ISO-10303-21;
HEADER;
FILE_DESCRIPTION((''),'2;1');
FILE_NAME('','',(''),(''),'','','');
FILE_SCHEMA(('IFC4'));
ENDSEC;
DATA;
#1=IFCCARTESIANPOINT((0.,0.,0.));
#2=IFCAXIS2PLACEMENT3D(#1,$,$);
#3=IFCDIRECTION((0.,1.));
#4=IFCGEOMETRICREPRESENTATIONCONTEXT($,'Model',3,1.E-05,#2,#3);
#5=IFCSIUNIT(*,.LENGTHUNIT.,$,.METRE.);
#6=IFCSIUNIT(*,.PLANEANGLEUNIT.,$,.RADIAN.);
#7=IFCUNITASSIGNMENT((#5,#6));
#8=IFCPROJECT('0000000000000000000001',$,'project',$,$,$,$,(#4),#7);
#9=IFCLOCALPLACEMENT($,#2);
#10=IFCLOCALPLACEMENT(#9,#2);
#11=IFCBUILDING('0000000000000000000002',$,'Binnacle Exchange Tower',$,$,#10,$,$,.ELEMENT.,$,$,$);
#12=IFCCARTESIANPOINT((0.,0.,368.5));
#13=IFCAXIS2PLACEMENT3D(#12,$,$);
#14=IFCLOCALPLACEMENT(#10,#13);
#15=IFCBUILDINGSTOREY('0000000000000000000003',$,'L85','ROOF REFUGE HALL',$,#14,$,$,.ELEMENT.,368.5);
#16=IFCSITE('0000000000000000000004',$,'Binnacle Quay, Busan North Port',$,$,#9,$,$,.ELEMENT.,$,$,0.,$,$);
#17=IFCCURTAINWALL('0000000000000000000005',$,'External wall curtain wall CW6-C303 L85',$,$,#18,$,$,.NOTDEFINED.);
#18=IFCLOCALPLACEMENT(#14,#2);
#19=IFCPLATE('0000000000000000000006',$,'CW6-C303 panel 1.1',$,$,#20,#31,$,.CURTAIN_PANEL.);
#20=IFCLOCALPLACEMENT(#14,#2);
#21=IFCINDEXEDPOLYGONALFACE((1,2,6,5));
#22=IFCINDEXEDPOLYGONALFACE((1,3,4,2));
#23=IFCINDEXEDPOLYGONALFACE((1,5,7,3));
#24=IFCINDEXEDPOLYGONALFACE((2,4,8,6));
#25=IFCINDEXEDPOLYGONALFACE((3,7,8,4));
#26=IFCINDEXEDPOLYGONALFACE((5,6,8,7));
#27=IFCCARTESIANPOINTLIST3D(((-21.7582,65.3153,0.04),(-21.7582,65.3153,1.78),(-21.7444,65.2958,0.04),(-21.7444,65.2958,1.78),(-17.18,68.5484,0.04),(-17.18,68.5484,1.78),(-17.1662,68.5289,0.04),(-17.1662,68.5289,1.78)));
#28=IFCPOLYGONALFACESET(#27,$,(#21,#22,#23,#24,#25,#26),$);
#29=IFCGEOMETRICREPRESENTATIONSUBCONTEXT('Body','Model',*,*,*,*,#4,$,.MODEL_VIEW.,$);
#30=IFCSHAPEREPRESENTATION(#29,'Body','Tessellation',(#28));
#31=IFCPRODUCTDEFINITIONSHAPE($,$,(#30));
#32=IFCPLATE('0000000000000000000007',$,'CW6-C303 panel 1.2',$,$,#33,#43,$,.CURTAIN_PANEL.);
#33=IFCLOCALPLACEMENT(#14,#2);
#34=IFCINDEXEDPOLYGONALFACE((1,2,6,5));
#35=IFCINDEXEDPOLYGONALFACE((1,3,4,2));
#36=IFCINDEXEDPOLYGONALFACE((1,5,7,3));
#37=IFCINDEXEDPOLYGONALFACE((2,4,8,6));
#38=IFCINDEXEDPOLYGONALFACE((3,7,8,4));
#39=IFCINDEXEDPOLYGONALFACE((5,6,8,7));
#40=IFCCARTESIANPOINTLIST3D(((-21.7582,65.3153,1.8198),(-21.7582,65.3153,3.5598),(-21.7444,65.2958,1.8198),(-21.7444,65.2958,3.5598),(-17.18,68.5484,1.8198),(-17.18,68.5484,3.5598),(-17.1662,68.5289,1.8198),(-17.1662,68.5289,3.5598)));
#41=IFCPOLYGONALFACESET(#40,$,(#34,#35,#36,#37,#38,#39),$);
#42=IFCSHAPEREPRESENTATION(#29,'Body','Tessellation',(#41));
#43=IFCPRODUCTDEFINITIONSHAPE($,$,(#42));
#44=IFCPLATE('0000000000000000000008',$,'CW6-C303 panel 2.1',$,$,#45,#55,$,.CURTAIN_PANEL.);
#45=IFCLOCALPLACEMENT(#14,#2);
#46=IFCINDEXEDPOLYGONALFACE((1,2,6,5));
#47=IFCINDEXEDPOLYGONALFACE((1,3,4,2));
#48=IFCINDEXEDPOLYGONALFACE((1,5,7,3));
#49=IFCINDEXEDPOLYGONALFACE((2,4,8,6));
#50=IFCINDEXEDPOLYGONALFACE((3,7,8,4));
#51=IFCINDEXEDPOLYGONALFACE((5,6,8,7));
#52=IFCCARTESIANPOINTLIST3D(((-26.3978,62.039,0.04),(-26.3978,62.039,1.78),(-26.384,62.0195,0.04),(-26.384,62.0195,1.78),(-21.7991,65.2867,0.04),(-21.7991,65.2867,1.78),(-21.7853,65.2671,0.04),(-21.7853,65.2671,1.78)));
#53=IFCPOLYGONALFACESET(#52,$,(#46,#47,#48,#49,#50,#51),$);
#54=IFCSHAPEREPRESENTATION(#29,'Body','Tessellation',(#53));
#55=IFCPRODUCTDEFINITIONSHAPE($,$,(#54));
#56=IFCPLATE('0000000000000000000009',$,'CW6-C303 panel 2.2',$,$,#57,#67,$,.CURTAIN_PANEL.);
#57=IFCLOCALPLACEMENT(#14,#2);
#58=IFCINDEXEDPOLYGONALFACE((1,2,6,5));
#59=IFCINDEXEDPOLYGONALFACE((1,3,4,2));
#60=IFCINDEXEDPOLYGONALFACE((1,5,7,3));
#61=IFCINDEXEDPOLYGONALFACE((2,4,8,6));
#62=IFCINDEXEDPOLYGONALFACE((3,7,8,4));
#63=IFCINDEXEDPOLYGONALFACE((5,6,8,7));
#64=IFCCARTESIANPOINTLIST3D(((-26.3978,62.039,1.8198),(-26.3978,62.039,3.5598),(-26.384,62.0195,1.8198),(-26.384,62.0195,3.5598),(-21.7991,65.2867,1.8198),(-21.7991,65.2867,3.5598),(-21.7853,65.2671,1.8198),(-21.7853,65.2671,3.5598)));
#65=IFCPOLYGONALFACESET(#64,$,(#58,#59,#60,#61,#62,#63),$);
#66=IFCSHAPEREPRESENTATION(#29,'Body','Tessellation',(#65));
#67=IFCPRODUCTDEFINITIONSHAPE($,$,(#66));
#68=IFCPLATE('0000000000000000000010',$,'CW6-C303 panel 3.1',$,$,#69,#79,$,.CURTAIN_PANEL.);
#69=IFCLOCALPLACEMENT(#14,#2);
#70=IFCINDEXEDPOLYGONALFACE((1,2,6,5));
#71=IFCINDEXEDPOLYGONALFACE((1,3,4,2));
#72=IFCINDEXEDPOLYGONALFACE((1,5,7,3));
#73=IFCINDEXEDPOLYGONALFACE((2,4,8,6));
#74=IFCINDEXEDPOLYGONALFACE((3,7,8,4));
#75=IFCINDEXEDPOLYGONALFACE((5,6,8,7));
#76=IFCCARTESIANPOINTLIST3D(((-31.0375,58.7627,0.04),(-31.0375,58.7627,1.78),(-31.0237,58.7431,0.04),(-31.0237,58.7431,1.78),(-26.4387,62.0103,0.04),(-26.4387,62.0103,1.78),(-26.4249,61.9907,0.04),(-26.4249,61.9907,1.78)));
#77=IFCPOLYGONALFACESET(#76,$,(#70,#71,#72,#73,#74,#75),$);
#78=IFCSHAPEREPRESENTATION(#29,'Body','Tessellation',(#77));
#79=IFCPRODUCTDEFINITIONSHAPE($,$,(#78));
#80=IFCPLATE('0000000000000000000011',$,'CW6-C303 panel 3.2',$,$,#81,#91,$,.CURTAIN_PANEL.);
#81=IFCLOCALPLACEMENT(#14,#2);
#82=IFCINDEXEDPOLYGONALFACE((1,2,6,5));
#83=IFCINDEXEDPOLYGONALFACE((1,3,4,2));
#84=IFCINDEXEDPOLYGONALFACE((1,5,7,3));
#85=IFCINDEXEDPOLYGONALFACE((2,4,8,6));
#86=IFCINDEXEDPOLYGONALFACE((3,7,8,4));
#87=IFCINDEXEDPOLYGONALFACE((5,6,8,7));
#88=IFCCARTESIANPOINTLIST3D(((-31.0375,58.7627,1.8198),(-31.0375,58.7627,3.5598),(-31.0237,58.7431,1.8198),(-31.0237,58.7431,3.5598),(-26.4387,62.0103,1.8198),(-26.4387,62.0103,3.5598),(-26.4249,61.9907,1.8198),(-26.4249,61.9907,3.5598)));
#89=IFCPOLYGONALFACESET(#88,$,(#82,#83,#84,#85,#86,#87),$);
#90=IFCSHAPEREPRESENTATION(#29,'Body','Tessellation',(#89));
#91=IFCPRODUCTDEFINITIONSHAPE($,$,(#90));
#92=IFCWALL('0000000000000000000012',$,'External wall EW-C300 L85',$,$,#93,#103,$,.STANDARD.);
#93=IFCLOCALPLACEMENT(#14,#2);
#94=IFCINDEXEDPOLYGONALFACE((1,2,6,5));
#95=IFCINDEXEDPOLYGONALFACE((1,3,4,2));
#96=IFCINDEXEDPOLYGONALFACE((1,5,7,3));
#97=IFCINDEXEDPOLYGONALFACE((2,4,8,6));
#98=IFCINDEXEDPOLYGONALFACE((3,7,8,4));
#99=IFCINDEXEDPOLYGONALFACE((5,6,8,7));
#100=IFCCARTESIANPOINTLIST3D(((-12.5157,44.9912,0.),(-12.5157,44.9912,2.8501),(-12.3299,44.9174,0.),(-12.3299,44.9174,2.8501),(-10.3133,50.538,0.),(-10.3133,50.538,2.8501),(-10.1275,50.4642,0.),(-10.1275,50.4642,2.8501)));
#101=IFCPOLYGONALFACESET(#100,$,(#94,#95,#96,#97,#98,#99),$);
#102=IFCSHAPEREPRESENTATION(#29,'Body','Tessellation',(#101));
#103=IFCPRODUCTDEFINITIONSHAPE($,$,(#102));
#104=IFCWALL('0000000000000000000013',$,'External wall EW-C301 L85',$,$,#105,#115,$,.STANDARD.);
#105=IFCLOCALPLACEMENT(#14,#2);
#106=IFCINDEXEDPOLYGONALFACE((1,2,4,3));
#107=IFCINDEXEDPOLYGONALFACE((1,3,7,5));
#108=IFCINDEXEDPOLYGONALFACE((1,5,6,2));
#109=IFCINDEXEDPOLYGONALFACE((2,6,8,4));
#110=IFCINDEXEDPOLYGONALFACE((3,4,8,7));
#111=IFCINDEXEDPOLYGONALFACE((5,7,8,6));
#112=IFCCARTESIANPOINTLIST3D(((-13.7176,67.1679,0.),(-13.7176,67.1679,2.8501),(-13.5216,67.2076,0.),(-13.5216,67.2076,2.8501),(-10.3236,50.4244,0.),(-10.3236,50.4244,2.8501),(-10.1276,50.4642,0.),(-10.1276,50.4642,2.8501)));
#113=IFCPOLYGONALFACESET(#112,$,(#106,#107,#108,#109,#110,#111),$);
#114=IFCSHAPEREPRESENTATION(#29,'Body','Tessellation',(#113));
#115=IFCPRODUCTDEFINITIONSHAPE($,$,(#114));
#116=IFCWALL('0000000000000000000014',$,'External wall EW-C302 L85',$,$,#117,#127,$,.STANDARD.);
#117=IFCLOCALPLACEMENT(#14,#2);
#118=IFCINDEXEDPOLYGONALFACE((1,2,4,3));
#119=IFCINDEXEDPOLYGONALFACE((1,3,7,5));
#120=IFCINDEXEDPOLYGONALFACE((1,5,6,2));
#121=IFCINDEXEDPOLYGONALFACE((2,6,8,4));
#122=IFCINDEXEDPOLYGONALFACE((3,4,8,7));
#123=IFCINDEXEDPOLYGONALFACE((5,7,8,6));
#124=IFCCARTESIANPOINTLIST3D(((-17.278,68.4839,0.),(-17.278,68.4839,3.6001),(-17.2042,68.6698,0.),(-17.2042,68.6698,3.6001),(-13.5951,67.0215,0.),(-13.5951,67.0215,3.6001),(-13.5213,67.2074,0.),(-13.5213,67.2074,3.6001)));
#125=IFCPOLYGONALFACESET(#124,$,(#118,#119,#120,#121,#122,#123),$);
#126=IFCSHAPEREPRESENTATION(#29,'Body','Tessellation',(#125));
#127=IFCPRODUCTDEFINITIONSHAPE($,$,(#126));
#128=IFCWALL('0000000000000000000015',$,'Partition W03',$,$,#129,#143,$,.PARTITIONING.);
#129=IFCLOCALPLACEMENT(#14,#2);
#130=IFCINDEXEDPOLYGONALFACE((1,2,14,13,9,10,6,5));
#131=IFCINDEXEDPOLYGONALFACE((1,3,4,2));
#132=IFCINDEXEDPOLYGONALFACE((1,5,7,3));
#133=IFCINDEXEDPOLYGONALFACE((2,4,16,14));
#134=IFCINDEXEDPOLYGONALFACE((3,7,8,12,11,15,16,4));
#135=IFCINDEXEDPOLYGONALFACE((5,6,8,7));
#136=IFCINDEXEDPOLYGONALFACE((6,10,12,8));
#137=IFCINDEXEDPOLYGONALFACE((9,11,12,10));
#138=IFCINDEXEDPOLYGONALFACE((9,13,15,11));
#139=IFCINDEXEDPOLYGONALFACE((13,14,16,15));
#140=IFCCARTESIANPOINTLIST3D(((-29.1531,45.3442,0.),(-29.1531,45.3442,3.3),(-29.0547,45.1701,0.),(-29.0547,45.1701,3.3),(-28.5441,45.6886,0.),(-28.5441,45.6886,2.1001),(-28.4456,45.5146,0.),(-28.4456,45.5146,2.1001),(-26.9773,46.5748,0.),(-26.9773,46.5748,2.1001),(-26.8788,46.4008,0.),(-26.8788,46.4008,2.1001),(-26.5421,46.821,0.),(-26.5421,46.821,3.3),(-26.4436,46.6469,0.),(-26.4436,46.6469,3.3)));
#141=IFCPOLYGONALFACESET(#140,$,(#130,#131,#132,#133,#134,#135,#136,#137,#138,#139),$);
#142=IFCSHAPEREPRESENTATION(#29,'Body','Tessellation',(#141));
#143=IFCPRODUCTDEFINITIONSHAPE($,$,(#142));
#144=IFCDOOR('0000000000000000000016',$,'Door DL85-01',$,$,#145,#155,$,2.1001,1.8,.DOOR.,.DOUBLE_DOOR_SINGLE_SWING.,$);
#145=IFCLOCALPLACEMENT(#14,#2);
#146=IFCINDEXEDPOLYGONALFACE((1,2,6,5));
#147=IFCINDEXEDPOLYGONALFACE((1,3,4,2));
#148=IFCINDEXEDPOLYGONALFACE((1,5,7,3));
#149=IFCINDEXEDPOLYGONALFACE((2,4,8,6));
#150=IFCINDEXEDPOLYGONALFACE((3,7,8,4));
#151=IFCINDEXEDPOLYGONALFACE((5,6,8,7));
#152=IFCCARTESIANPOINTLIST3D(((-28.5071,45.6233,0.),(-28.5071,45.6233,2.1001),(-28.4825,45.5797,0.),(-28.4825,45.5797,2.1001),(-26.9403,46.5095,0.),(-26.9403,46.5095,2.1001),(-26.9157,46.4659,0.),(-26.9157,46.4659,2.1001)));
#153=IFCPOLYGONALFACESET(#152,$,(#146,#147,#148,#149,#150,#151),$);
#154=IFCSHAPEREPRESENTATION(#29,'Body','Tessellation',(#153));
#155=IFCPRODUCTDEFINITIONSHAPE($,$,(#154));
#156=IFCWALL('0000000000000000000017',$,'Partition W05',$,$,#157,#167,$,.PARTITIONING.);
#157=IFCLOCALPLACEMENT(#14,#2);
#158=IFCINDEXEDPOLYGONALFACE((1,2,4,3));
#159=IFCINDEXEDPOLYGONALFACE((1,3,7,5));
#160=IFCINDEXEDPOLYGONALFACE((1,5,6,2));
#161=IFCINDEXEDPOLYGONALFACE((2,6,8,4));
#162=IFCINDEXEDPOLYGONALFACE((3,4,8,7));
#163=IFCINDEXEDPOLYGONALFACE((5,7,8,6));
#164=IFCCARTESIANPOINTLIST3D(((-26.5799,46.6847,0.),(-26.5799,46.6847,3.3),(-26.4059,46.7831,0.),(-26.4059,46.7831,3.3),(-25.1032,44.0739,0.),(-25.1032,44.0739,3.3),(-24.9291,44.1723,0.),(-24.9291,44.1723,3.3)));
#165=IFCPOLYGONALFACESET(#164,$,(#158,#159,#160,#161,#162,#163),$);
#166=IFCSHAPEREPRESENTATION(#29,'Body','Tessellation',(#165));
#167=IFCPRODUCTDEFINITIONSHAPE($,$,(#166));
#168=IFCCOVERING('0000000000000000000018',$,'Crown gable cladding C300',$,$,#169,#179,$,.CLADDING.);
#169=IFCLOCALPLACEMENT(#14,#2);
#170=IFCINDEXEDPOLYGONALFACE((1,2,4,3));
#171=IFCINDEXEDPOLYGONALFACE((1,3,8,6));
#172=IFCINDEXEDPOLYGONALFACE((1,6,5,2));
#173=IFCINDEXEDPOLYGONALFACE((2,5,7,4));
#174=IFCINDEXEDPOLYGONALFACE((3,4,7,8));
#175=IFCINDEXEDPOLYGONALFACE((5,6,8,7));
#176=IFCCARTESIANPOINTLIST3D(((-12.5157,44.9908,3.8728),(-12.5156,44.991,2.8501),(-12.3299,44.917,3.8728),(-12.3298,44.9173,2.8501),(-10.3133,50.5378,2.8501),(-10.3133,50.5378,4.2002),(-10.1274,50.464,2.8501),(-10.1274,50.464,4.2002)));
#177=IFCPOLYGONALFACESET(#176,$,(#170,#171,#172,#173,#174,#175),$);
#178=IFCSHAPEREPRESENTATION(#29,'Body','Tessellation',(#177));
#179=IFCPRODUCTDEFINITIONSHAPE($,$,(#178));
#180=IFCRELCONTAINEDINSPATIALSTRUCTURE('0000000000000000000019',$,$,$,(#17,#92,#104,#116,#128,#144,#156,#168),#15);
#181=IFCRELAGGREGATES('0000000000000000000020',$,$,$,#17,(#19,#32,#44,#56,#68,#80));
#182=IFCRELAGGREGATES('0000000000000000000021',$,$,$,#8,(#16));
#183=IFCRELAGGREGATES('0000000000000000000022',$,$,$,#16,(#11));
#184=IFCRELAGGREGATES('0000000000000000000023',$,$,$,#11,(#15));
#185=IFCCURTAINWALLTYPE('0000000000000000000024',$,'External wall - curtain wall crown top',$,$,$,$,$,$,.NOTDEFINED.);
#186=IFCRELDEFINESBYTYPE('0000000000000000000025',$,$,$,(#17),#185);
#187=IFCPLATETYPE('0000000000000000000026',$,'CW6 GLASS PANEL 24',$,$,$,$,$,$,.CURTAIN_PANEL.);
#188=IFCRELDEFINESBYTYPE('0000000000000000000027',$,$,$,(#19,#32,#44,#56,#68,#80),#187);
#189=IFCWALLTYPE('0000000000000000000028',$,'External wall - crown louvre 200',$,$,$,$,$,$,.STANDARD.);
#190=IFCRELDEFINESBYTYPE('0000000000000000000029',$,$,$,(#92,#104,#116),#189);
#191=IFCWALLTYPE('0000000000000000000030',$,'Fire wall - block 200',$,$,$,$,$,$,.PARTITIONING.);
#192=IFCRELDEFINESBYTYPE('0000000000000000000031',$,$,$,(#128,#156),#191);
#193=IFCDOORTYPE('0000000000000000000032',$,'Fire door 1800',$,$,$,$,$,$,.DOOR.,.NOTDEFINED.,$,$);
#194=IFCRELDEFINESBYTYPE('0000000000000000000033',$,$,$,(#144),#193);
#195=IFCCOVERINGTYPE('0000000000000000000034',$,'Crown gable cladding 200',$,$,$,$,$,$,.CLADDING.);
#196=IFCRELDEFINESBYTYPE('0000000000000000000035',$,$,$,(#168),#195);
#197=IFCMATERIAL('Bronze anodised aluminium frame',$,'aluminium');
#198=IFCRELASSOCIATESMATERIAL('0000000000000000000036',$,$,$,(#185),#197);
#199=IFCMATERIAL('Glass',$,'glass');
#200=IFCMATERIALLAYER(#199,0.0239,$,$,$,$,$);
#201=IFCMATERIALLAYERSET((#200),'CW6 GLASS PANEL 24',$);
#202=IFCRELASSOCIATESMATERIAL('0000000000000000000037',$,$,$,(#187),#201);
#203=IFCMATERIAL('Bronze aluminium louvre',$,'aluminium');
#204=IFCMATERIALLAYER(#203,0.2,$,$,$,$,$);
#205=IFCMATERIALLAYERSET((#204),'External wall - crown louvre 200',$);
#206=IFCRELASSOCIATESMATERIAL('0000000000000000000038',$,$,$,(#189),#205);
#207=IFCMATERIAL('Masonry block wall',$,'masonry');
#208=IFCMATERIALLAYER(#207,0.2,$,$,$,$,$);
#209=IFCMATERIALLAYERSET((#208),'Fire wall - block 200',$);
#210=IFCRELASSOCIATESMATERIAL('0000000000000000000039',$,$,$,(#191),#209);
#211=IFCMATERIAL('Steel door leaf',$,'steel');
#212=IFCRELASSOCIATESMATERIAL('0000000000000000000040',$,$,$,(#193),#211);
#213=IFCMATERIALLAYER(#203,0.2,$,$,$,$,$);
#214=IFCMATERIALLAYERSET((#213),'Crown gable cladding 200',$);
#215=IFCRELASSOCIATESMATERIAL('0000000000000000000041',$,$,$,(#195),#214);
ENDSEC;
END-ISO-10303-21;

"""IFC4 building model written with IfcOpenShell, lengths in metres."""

from ifc_helpers import new_model, si_unit, direction, frame, frame_2d, origin, origin_2d, place, context, subcontext, project, spatial, polyline, rectangle, outline, extrude, material, layer, layer_set, type_object, element, fill, aggregate, save


model = new_model("IFC4")

# Units and contexts
model_context = context("Model", 3, precision=1e-05, world=origin(), true_north=direction((0.0, 1.0)))
body_context = subcontext(model_context, "Body", "Model", "MODEL_VIEW")
ifc_project = project(units=[si_unit("LENGTHUNIT", "METRE"), si_unit("PLANEANGLEUNIT", "RADIAN")], contexts=[model_context])

# Site, building, storey
site_placement = place(None, origin())
site = spatial("IfcSite", under=ifc_project, at=site_placement, Name="Binnacle Quay, Busan North Port", CompositionType="ELEMENT", RefElevation=0.0)
building_placement = place(site_placement, origin())
building = spatial("IfcBuilding", under=site, at=building_placement, Name="Binnacle Exchange Tower", CompositionType="ELEMENT")
storey_placement = place(building_placement, frame((0.0, 0.0, 368.5)))
storey = spatial("IfcBuildingStorey", under=building, at=storey_placement, Name="L85", Description="ROOF REFUGE HALL", CompositionType="ELEMENT", Elevation=368.5)

# Curtain wall
ifc_material_1 = material(Name="Bronze anodised aluminium frame", Category="aluminium")
curtain_wall_type = type_object("IfcCurtainWallType", Name="External wall - curtain wall crown top", PredefinedType="NOTDEFINED", material=ifc_material_1)
curtain_wall_placement = place(storey_placement, origin())
curtain_wall = element("IfcCurtainWall", 1, at=curtain_wall_placement, inside=storey, type_object=curtain_wall_type, Name="External wall curtain wall CW6-C303 L85", PredefinedType="NOTDEFINED")

# Plates
ifc_material_2 = material(Name="Glass", Category="glass")
ifc_layer_1 = layer(ifc_material_2, 0.0239)
ifc_layer_set_1 = layer_set([ifc_layer_1], Name="CW6 GLASS PANEL 24")
plate_type = type_object("IfcPlateType", Name="CW6 GLASS PANEL 24", PredefinedType="CURTAIN_PANEL", material=ifc_layer_set_1)
plate_1_placement = place(storey_placement, frame((-19.4622, 66.9221, 0.04), z_axis=(0.0, 0.0, 1.0), x_axis=(-0.816847, -0.576854, 0.0)))
plate_1 = element("IfcPlate", 2, at=plate_1_placement, type_object=plate_type, Name="CW6-C303 panel 1.1", PredefinedType="CURTAIN_PANEL", context=body_context, shape_type="SweptSolid", body=[
    extrude(rectangle(XDim=5.6047, YDim=0.0239, at=origin_2d()), origin(), (0.0, 0.0, 1.0), 1.74),
])
plate_2_placement = place(storey_placement, frame((-19.4622, 66.9221, 1.8198), z_axis=(0.0, 0.0, 1.0), x_axis=(-0.816847, -0.576854, 0.0)))
plate_2 = element("IfcPlate", 3, at=plate_2_placement, type_object=plate_type, Name="CW6-C303 panel 1.2", PredefinedType="CURTAIN_PANEL", context=body_context, shape_type="SweptSolid", body=[
    extrude(rectangle(XDim=5.6047, YDim=0.0239, at=origin_2d()), origin(), (0.0, 0.0, 1.0), 1.74),
])
plate_3_placement = place(storey_placement, frame((-24.0916, 63.6531, 0.04), z_axis=(0.0, 0.0, 1.0), x_axis=(-0.816847, -0.576854, 0.0)))
plate_3 = element("IfcPlate", 4, at=plate_3_placement, type_object=plate_type, Name="CW6-C303 panel 2.1", PredefinedType="CURTAIN_PANEL", context=body_context, shape_type="SweptSolid", body=[
    extrude(rectangle(XDim=5.6299, YDim=0.0239, at=origin_2d()), origin(), (0.0, 0.0, 1.0), 1.74),
])
plate_4_placement = place(storey_placement, frame((-24.0916, 63.6531, 1.8198), z_axis=(0.0, 0.0, 1.0), x_axis=(-0.816847, -0.576854, 0.0)))
plate_4 = element("IfcPlate", 5, at=plate_4_placement, type_object=plate_type, Name="CW6-C303 panel 2.2", PredefinedType="CURTAIN_PANEL", context=body_context, shape_type="SweptSolid", body=[
    extrude(rectangle(XDim=5.6299, YDim=0.0239, at=origin_2d()), origin(), (0.0, 0.0, 1.0), 1.74),
])
plate_5_placement = place(storey_placement, frame((-28.7312, 60.3767, 0.04), z_axis=(0.0, 0.0, 1.0), x_axis=(-0.816847, -0.576854, 0.0)))
plate_5 = element("IfcPlate", 6, at=plate_5_placement, type_object=plate_type, Name="CW6-C303 panel 3.1", PredefinedType="CURTAIN_PANEL", context=body_context, shape_type="SweptSolid", body=[
    extrude(rectangle(XDim=5.6299, YDim=0.0239, at=origin_2d()), origin(), (0.0, 0.0, 1.0), 1.74),
])
plate_6_placement = place(storey_placement, frame((-28.7312, 60.3767, 1.8198), z_axis=(0.0, 0.0, 1.0), x_axis=(-0.816847, -0.576854, 0.0)))
plate_6 = element("IfcPlate", 7, at=plate_6_placement, type_object=plate_type, Name="CW6-C303 panel 3.2", PredefinedType="CURTAIN_PANEL", context=body_context, shape_type="SweptSolid", body=[
    extrude(rectangle(XDim=5.6299, YDim=0.0239, at=origin_2d()), origin(), (0.0, 0.0, 1.0), 1.74),
])
aggregate(curtain_wall, [plate_1, plate_2, plate_3, plate_4, plate_5, plate_6])

# Walls
ifc_material_3 = material(Name="Bronze aluminium louvre", Category="aluminium")
ifc_layer_2 = layer(ifc_material_3, 0.2)
ifc_layer_set_2 = layer_set([ifc_layer_2], Name="External wall - crown louvre 200")
wall_type_1 = type_object("IfcWallType", Name="External wall - crown louvre 200", PredefinedType="STANDARD", material=ifc_layer_set_2)
wall_1_placement = place(storey_placement, frame((-10.2205, 50.501, 0.0), z_axis=(0.0, 0.0, 1.0), x_axis=(-0.369027, -0.929419, 0.0)))
element("IfcWall", 8, at=wall_1_placement, inside=storey, type_object=wall_type_1, Name="External wall EW-C300 L85", PredefinedType="STANDARD", context=body_context, shape_type="SweptSolid", body=[
    extrude(rectangle(XDim=5.968, YDim=0.2, at=frame_2d((2.9839, 0.0))), origin(), (0.0, 0.0, 1.0), 2.8501),
])
wall_2_placement = place(storey_placement, frame((-13.6196, 67.1877, 0.0), z_axis=(0.0, 0.0, 1.0), x_axis=(0.198669, -0.980067, 0.0)))
element("IfcWall", 9, at=wall_2_placement, inside=storey, type_object=wall_type_1, Name="External wall EW-C301 L85", PredefinedType="STANDARD", context=body_context, shape_type="SweptSolid", body=[
    extrude(rectangle(XDim=17.084, YDim=0.2, at=frame_2d((8.542, 0.0))), origin(), (0.0, 0.0, 1.0), 2.8501),
])
wall_3_placement = place(storey_placement, frame((-17.2412, 68.5769, 0.0), z_axis=(0.0, 0.0, 1.0), x_axis=(0.929409, -0.369053, 0.0)))
element("IfcWall", 10, at=wall_3_placement, inside=storey, type_object=wall_type_1, Name="External wall EW-C302 L85", PredefinedType="STANDARD", context=body_context, shape_type="SweptSolid", body=[
    extrude(rectangle(XDim=3.9626, YDim=0.2, at=frame_2d((1.9814, 0.0))), origin(), (0.0, 0.0, 1.0), 3.6001),
])

# Wall, opening, door
ifc_material_4 = material(Name="Masonry block wall", Category="masonry")
ifc_layer_3 = layer(ifc_material_4, 0.2)
ifc_layer_set_3 = layer_set([ifc_layer_3], Name="Fire wall - block 200")
wall_type_2 = type_object("IfcWallType", Name="Fire wall - block 200", PredefinedType="PARTITIONING", material=ifc_layer_set_3)
wall_4_placement = place(storey_placement, frame((-29.104, 45.2571, 0.0), z_axis=(0.0, 0.0, 1.0), x_axis=(0.870423, 0.492304, 0.0)))
wall_4 = element("IfcWall", 11, at=wall_4_placement, inside=storey, type_object=wall_type_2, Name="Partition W03", PredefinedType="PARTITIONING", context=body_context, shape_type="SweptSolid", body=[
    extrude(rectangle(XDim=2.9998, YDim=0.2, at=frame_2d((1.5, 0.0))), origin(), (0.0, 0.0, 1.0), 3.3),
])
opening_placement = place(wall_4_placement, frame((0.7, 0.0, 0.0)))
opening = element("IfcOpeningElement", 12, at=opening_placement, cuts=wall_4, PredefinedType="OPENING", context=body_context, shape_type="SweptSolid", body=[
    extrude(rectangle(XDim=1.8, YDim=2.1001, at=frame_2d((0.8999, 1.05))), frame((0.0, 0.1099, 0.0), z_axis=(0.0, -1.0, 0.0), x_axis=(1.0, 0.0, 0.0)), (0.0, 0.0, 1.0), 0.22),
])
ifc_material_5 = material(Name="Steel door leaf", Category="steel")
door_type = type_object("IfcDoorType", Name="Fire door 1800", OperationType="NOTDEFINED", PredefinedType="DOOR", material=ifc_material_5)
door_placement = place(opening_placement, origin())
door = element("IfcDoor", 13, at=door_placement, inside=storey, type_object=door_type, Name="Door DL85-01", OperationType="DOUBLE_DOOR_SINGLE_SWING", OverallHeight=2.1001, OverallWidth=1.8, PredefinedType="DOOR", context=body_context, shape_type="SweptSolid", body=[
    extrude(rectangle(XDim=1.8, YDim=2.1001, at=frame_2d((0.8999, 1.05))), frame((0.0, 0.0249, 0.0), z_axis=(0.0, -1.0, 0.0), x_axis=(1.0, 0.0, 0.0)), (0.0, 0.0, 1.0), 0.05),
])
fill(opening, door)

# Wall
wall_5_placement = place(storey_placement, frame((-26.4929, 46.7339, 0.0), z_axis=(0.0, 0.0, 1.0), x_axis=(0.492339, -0.870404, 0.0)))
element("IfcWall", 14, at=wall_5_placement, inside=storey, type_object=wall_type_2, Name="Partition W05", PredefinedType="PARTITIONING", context=body_context, shape_type="SweptSolid", body=[
    extrude(rectangle(XDim=2.9995, YDim=0.2, at=frame_2d((1.4998, 0.0))), origin(), (0.0, 0.0, 1.0), 3.3),
])

# Covering
ifc_layer_4 = layer(ifc_material_3, 0.2)
ifc_layer_set_4 = layer_set([ifc_layer_4], Name="Crown gable cladding 200")
covering_type = type_object("IfcCoveringType", Name="Crown gable cladding 200", PredefinedType="CLADDING", material=ifc_layer_set_4)
covering_1_placement = place(storey_placement, frame((-10.2205, 50.501, 2.8501), z_axis=(0.0, 0.0, 1.0), x_axis=(-0.369027, -0.929419, 0.0)))
element("IfcCovering", 15, at=covering_1_placement, inside=storey, type_object=covering_type, Name="Crown gable cladding C300", PredefinedType="CLADDING", context=body_context, shape_type="SweptSolid", body=[
    extrude(outline(polyline([(0.0, 0.0), (5.968, 0.0), (5.9683, 1.0227), (0.0, 1.3501), (0.0, 0.0)])), frame((0.0, 0.1001, 0.0), z_axis=(0.0, -1.0, 0.0), x_axis=(1.0, 0.0, 0.0)), (0.0, 0.0, 1.0), 0.2),
])

save(model, "model.ifc")
